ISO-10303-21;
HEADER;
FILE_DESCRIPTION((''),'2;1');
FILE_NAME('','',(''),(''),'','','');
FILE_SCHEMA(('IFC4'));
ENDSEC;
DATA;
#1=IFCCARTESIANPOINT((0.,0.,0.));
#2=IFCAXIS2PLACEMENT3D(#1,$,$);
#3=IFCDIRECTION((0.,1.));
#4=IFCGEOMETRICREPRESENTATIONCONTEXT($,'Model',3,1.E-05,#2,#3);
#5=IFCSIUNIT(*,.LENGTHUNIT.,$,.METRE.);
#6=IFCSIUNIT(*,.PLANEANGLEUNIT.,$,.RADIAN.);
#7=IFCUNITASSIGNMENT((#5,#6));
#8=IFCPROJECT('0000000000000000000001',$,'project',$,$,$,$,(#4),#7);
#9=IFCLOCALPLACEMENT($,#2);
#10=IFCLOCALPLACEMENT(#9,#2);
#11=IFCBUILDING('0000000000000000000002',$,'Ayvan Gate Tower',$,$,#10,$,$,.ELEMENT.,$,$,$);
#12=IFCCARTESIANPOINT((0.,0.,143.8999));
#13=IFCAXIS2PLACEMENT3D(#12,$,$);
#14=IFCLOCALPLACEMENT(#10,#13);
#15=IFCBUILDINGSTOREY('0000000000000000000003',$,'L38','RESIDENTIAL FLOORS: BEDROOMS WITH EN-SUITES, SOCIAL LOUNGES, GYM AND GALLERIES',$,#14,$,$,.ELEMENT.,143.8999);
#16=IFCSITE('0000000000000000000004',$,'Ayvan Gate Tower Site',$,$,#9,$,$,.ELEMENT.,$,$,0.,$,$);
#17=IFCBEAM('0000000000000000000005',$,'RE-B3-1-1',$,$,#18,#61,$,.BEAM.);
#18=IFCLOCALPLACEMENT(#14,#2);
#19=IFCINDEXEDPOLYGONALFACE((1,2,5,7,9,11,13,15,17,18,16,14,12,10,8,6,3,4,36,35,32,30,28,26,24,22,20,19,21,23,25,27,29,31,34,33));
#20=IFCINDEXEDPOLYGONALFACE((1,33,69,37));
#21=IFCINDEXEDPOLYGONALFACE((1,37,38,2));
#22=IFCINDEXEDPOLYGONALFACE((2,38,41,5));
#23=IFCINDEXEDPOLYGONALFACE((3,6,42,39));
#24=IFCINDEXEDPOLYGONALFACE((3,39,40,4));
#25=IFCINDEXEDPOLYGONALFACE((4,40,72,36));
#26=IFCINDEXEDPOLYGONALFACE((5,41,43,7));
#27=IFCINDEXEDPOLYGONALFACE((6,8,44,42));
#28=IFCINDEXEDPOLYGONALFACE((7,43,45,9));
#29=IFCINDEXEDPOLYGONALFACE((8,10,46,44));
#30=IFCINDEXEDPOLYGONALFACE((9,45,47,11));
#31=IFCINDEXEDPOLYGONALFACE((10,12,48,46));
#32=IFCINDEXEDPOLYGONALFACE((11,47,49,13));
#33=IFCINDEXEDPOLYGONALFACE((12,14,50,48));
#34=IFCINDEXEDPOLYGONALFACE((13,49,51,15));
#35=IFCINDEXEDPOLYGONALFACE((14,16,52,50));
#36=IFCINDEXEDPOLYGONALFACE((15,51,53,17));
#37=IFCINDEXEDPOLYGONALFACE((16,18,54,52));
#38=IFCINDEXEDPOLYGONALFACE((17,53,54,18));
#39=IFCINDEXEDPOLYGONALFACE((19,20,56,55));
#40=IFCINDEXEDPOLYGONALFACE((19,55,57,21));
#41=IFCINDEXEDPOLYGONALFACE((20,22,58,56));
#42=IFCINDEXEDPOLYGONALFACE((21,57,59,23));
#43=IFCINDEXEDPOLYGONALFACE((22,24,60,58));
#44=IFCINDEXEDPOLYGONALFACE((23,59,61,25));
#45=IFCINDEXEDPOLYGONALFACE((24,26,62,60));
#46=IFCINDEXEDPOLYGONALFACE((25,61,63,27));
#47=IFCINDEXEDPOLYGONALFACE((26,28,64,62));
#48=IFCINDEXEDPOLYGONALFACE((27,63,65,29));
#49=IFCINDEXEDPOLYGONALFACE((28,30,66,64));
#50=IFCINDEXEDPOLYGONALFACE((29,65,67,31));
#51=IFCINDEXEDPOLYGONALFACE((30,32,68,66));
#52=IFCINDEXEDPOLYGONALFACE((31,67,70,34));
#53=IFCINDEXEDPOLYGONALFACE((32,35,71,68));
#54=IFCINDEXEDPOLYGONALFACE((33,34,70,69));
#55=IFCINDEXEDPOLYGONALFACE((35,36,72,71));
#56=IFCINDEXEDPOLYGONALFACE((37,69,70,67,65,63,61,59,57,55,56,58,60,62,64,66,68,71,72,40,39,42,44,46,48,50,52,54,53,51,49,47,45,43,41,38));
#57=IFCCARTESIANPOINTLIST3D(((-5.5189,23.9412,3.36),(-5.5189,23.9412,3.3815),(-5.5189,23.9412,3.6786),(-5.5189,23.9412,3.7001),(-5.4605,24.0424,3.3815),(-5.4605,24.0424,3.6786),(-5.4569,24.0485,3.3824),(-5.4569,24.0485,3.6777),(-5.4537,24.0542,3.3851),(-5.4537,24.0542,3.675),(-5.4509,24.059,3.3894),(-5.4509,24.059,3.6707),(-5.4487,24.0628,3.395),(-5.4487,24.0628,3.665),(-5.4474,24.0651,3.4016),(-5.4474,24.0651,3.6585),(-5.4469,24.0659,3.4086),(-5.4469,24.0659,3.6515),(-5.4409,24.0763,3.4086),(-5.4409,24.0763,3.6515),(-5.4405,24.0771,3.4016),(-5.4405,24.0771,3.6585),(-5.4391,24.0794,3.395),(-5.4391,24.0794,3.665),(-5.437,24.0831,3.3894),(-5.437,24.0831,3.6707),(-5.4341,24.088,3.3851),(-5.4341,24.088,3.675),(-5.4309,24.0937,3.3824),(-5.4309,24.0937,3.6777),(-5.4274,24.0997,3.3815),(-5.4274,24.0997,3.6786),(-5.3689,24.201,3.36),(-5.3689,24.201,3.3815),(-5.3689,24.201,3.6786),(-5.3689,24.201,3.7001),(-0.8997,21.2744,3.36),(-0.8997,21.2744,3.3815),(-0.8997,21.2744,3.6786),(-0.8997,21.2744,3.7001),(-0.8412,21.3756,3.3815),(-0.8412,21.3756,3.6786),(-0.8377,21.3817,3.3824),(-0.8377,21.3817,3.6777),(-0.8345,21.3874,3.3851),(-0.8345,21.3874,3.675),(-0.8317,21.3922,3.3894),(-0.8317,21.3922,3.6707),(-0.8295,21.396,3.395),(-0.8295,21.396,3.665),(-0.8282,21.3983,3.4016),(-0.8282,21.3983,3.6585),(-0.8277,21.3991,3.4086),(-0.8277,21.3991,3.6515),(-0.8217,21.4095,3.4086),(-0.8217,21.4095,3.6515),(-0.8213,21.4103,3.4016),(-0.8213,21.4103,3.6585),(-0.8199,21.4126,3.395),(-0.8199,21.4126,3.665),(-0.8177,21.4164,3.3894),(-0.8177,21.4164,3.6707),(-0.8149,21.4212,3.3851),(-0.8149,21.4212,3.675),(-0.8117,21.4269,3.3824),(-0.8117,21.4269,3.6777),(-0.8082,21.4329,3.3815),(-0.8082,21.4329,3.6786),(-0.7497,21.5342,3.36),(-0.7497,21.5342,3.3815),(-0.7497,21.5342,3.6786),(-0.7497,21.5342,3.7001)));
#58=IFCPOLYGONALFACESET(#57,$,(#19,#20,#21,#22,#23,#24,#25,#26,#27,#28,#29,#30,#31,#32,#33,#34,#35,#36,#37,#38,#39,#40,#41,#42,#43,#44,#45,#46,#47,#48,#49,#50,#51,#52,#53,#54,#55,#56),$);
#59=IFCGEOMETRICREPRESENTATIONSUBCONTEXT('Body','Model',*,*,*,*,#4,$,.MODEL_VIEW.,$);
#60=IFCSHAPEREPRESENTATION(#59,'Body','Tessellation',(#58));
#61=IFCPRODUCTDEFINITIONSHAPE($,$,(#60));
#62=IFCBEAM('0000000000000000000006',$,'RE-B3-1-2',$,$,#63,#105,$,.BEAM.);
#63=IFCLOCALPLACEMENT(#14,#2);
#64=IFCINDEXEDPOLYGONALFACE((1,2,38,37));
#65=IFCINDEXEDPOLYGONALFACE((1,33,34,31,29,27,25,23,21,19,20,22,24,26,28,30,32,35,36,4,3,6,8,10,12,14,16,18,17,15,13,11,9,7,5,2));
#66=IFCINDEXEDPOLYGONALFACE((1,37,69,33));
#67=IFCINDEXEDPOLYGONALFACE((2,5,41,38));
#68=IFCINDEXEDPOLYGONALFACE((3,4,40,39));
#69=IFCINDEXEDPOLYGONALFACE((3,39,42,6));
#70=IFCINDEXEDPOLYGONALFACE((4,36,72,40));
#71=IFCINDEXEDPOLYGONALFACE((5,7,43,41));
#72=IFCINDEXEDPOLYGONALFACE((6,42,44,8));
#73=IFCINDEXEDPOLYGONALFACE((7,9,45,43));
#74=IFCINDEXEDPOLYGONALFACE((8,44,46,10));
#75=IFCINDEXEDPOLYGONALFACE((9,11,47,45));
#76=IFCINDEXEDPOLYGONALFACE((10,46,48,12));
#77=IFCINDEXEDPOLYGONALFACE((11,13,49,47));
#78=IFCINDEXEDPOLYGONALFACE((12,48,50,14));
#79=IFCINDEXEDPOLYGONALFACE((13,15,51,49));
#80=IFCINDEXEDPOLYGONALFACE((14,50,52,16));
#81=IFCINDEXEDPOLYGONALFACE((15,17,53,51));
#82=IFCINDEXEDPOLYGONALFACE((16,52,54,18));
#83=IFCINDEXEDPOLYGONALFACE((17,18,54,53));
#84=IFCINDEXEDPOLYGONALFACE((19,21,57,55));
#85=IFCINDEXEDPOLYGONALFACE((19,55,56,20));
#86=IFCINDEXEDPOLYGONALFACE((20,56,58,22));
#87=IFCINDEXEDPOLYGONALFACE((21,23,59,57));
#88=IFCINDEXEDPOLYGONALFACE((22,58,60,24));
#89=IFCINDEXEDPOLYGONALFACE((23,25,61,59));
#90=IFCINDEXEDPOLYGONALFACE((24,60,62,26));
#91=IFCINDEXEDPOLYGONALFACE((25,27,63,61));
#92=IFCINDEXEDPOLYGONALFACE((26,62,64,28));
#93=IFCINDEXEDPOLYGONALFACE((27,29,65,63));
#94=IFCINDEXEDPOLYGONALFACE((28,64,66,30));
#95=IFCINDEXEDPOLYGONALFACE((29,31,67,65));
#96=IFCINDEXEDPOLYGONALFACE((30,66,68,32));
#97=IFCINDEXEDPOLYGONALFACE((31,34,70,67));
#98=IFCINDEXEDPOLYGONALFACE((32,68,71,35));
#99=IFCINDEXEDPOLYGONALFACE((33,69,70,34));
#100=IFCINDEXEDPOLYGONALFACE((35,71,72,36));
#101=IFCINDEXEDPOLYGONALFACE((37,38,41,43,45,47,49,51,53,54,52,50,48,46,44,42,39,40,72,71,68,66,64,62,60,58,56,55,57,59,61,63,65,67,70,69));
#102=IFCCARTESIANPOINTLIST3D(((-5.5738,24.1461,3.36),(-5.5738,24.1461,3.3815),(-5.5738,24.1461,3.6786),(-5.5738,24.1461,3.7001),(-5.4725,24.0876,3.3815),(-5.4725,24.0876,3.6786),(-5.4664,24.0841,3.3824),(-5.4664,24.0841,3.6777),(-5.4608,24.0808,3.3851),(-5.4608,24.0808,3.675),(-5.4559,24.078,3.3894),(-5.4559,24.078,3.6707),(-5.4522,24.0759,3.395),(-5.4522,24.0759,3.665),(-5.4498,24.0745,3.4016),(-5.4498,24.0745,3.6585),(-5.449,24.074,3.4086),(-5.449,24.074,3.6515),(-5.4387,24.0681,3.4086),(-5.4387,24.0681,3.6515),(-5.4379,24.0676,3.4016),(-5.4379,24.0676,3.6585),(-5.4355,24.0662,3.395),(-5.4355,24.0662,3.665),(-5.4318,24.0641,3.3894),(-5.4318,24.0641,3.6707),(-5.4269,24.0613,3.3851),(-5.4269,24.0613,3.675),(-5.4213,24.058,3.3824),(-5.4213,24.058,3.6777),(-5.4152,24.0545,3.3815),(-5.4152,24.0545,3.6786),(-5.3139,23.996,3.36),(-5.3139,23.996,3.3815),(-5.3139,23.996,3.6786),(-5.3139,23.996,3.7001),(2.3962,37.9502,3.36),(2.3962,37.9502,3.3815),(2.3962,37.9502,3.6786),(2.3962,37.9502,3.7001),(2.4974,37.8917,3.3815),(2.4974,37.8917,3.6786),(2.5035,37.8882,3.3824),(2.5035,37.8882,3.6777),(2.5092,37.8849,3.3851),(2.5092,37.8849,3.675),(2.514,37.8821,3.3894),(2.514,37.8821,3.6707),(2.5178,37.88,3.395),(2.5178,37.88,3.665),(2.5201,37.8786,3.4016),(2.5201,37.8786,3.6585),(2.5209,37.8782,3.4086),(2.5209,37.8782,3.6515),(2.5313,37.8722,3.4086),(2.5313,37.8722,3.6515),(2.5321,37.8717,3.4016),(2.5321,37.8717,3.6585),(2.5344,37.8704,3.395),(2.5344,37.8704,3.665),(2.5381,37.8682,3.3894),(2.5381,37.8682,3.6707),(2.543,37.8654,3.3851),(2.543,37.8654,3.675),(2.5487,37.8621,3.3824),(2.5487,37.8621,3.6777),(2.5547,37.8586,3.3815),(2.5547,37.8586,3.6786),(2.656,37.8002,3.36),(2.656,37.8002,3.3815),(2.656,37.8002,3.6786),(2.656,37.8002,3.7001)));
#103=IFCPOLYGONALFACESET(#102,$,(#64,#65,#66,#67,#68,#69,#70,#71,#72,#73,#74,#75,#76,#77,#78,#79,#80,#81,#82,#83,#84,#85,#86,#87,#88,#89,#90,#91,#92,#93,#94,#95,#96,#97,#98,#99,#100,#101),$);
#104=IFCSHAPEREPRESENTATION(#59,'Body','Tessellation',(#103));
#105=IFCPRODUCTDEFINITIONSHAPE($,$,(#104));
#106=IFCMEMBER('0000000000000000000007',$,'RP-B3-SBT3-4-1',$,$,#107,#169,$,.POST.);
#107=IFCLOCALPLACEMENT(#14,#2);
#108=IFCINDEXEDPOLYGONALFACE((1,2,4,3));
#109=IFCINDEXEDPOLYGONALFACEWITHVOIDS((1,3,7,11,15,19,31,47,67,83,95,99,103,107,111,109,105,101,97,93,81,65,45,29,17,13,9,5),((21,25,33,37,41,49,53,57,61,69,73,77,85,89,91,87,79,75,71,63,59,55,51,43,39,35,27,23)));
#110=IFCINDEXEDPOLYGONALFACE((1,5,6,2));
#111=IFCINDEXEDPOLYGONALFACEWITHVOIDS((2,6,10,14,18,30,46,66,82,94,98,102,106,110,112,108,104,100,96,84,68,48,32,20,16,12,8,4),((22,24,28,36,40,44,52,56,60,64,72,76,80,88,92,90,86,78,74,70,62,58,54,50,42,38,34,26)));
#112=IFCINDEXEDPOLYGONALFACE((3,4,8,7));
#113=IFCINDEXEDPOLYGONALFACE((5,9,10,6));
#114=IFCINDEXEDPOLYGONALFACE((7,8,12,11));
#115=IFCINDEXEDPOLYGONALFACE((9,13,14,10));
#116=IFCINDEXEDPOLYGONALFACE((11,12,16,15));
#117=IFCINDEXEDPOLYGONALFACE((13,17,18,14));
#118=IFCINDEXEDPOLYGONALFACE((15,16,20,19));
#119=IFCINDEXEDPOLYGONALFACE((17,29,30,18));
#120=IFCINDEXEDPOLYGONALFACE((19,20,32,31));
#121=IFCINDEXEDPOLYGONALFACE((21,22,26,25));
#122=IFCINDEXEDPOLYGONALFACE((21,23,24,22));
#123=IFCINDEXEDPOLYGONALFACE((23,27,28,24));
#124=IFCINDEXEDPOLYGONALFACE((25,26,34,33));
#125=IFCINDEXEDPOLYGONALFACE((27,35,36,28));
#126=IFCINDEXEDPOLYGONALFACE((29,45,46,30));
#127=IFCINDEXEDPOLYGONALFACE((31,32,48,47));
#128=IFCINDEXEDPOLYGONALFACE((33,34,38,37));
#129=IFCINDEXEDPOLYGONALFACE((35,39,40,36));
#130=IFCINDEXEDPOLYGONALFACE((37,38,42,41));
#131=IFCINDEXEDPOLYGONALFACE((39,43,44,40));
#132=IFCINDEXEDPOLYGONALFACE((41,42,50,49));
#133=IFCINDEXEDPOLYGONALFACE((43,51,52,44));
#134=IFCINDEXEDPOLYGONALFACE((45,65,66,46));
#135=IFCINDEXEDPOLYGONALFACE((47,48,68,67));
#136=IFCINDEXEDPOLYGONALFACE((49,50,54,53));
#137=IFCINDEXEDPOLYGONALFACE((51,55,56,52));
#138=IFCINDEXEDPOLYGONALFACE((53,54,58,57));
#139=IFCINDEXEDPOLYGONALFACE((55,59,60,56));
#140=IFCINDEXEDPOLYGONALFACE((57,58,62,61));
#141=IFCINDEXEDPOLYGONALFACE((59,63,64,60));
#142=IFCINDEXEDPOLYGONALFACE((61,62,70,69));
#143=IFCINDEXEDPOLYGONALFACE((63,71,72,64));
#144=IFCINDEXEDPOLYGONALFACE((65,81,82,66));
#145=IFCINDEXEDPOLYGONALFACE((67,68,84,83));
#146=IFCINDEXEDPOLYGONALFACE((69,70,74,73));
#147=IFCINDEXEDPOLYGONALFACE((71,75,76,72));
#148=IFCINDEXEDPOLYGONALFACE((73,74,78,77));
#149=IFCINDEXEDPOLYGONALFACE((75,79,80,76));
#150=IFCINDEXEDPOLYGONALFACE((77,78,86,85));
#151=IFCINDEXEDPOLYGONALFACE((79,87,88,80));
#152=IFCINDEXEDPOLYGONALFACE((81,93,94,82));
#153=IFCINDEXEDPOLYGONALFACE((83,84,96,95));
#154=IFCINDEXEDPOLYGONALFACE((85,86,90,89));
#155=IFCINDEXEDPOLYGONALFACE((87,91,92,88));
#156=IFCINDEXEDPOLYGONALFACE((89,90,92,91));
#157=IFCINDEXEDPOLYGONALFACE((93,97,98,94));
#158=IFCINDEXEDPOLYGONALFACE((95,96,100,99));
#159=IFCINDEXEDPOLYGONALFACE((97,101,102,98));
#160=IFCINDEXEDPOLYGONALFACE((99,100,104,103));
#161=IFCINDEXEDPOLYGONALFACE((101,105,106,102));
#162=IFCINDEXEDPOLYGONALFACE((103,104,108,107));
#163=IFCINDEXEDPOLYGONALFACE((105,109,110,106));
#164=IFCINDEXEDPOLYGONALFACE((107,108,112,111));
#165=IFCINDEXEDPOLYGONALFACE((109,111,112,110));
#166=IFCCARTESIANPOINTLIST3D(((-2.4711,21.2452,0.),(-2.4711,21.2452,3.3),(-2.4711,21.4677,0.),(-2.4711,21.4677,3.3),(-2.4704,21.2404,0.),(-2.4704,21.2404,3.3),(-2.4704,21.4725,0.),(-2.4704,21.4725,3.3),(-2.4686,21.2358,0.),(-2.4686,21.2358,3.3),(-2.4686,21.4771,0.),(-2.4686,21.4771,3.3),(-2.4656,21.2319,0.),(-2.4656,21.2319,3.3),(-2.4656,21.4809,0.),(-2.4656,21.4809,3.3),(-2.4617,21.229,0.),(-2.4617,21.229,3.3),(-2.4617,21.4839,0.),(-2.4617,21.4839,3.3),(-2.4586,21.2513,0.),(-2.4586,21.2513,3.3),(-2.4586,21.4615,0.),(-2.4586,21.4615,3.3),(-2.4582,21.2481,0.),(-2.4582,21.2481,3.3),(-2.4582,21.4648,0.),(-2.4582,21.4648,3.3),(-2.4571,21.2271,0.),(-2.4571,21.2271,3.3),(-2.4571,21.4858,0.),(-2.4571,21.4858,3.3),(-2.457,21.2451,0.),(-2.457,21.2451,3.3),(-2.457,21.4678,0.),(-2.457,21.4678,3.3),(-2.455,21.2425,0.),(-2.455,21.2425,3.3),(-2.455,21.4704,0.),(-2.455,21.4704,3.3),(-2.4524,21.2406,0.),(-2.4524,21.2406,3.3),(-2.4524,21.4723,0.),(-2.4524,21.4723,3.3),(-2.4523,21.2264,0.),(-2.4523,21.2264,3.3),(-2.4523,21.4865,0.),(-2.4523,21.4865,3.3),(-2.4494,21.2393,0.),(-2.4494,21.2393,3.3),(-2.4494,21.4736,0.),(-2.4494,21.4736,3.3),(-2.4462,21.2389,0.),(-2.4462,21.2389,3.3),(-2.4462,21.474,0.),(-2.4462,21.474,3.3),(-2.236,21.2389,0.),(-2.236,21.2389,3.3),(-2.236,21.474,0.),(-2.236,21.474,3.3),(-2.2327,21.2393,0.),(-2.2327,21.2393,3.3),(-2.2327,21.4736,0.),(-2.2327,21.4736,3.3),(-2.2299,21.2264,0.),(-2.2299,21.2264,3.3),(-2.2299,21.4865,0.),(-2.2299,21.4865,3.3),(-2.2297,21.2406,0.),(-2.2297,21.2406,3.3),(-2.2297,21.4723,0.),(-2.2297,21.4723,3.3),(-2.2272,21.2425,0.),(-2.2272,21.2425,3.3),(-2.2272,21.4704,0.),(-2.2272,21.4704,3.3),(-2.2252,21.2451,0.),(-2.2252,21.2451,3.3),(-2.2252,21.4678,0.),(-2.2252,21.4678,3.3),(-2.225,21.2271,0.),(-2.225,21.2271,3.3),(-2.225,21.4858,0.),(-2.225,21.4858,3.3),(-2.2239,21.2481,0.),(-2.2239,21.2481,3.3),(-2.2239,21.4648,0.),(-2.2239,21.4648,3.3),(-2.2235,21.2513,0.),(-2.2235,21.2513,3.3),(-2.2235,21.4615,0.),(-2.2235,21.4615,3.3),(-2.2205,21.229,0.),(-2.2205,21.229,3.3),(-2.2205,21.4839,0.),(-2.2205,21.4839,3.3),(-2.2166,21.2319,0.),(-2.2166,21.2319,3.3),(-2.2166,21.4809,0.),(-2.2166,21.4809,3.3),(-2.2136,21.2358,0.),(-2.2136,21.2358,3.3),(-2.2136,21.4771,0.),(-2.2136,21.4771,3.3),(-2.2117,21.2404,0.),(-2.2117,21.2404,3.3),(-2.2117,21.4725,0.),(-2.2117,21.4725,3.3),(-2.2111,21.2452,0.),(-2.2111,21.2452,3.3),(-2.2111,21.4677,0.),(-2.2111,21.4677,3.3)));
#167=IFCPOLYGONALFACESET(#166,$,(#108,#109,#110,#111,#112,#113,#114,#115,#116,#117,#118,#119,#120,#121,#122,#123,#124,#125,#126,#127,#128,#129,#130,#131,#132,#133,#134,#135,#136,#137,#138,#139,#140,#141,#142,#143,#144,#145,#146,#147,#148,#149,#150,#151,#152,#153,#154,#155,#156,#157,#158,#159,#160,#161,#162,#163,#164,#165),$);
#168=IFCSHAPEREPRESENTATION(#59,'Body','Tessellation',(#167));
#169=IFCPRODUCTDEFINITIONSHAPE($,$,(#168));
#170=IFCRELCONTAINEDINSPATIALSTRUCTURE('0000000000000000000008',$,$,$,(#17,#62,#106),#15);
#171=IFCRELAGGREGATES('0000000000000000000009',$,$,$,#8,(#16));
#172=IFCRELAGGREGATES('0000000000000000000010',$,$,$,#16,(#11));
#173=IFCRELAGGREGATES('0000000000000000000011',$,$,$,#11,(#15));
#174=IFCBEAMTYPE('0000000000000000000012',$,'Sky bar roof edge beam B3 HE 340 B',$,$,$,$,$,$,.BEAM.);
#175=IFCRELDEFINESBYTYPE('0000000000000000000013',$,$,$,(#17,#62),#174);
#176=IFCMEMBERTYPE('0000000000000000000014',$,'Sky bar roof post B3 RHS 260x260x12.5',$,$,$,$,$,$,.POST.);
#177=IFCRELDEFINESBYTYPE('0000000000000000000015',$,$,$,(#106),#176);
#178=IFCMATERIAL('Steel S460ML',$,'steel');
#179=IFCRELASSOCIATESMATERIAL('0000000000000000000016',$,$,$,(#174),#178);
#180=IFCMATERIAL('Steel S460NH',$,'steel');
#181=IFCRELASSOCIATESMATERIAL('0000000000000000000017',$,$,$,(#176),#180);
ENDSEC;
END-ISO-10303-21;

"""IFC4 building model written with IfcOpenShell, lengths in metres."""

from ifc_helpers import new_model, si_unit, direction, frame, origin, origin_2d, place, context, subcontext, project, spatial, hollow_rectangle, i_section, extrude, material, material_profile, profile_set, type_object, element, save


model = new_model("IFC4")

# Units and contexts
model_context = context("Model", 3, precision=1e-05, world=origin(), true_north=direction((0.0, 1.0)))
body_context = subcontext(model_context, "Body", "Model", "MODEL_VIEW")
ifc_project = project(units=[si_unit("LENGTHUNIT", "METRE"), si_unit("PLANEANGLEUNIT", "RADIAN")], contexts=[model_context])

# Site, building, storey
site_placement = place(None, origin())
site = spatial("IfcSite", under=ifc_project, at=site_placement, Name="Ayvan Gate Tower Site", CompositionType="ELEMENT", RefElevation=0.0)
building_placement = place(site_placement, origin())
building = spatial("IfcBuilding", under=site, at=building_placement, Name="Ayvan Gate Tower", CompositionType="ELEMENT")
storey_placement = place(building_placement, frame((0.0, 0.0, 143.8999)))
storey = spatial("IfcBuildingStorey", under=building, at=storey_placement, Name="L38", Description="RESIDENTIAL FLOORS: BEDROOMS WITH EN-SUITES, SOCIAL LOUNGES, GYM AND GALLERIES", CompositionType="ELEMENT", Elevation=143.8999)

# Beams
ifc_material_1 = material(Name="Steel S460ML", Category="steel")
ifc_material_profile_1 = material_profile(ifc_material_1, i_section(OverallWidth=0.3, OverallDepth=0.3401, WebThickness=0.012, FlangeThickness=0.0215, FilletRadius=0.0271, at=origin_2d()), Name="HE 340 B")
ifc_profile_set_1 = profile_set([ifc_material_profile_1], Name="Steel S460ML")
beam_type_1 = type_object("IfcBeamType", Name="Sky bar roof edge beam B3 HE 340 B", PredefinedType="BEAM", material=ifc_profile_set_1)
beam_1_placement = place(storey_placement, frame((-0.8247, 21.4043, 3.53), z_axis=(-0.866035, 0.499984, 0.0), x_axis=(-0.499984, -0.866035, 0.0)))
element("IfcBeam", 1, at=beam_1_placement, inside=storey, type_object=beam_type_1, Name="RE-B3-1-1", PredefinedType="BEAM", context=body_context, shape_type="SweptSolid", body=[
    extrude(i_section(OverallWidth=0.3, OverallDepth=0.3401, WebThickness=0.012, FlangeThickness=0.0215, FilletRadius=0.0271, at=origin_2d()), origin(), (0.0, 0.0, 1.0), 5.3337),
])
beam_2_placement = place(storey_placement, frame((-5.4438, 24.071, 3.53), z_axis=(0.500005, 0.866022, 0.0), x_axis=(-0.866022, 0.500005, 0.0)))
element("IfcBeam", 2, at=beam_2_placement, inside=storey, type_object=beam_type_1, Name="RE-B3-1-2", PredefinedType="BEAM", context=body_context, shape_type="SweptSolid", body=[
    extrude(i_section(OverallWidth=0.3, OverallDepth=0.3401, WebThickness=0.012, FlangeThickness=0.0215, FilletRadius=0.0271, at=origin_2d()), origin(), (0.0, 0.0, 1.0), 15.9397),
])

# Member
ifc_material_2 = material(Name="Steel S460NH", Category="steel")
ifc_material_profile_2 = material_profile(ifc_material_2, hollow_rectangle(XDim=0.26, YDim=0.26, WallThickness=0.0125, InnerFilletRadius=0.0125, OuterFilletRadius=0.0188, at=origin_2d()), Name="RHS 260x260x12.5")
ifc_profile_set_2 = profile_set([ifc_material_profile_2], Name="Steel S460NH")
member_type_1 = type_object("IfcMemberType", Name="Sky bar roof post B3 RHS 260x260x12.5", PredefinedType="POST", material=ifc_profile_set_2)
for number, where, z_axis, x_axis, name in (
    (3, (-2.3411, 21.3564, 0.0), (0.0, 0.0, 1.0), (1.0, 0.0, 0.0), "RP-B3-SBT3-4-1"),
):
    element("IfcMember", number, at=place(storey_placement, frame(where, z_axis=z_axis, x_axis=x_axis)), inside=storey, type_object=member_type_1, Name=name, PredefinedType="POST", context=body_context, shape_type="SweptSolid", body=[
        extrude(hollow_rectangle(XDim=0.26, YDim=0.26, WallThickness=0.0125, InnerFilletRadius=0.0125, OuterFilletRadius=0.0188, at=origin_2d()), origin(), (0.0, 0.0, 1.0), 3.3),
    ])

save(model, "model.ifc")
